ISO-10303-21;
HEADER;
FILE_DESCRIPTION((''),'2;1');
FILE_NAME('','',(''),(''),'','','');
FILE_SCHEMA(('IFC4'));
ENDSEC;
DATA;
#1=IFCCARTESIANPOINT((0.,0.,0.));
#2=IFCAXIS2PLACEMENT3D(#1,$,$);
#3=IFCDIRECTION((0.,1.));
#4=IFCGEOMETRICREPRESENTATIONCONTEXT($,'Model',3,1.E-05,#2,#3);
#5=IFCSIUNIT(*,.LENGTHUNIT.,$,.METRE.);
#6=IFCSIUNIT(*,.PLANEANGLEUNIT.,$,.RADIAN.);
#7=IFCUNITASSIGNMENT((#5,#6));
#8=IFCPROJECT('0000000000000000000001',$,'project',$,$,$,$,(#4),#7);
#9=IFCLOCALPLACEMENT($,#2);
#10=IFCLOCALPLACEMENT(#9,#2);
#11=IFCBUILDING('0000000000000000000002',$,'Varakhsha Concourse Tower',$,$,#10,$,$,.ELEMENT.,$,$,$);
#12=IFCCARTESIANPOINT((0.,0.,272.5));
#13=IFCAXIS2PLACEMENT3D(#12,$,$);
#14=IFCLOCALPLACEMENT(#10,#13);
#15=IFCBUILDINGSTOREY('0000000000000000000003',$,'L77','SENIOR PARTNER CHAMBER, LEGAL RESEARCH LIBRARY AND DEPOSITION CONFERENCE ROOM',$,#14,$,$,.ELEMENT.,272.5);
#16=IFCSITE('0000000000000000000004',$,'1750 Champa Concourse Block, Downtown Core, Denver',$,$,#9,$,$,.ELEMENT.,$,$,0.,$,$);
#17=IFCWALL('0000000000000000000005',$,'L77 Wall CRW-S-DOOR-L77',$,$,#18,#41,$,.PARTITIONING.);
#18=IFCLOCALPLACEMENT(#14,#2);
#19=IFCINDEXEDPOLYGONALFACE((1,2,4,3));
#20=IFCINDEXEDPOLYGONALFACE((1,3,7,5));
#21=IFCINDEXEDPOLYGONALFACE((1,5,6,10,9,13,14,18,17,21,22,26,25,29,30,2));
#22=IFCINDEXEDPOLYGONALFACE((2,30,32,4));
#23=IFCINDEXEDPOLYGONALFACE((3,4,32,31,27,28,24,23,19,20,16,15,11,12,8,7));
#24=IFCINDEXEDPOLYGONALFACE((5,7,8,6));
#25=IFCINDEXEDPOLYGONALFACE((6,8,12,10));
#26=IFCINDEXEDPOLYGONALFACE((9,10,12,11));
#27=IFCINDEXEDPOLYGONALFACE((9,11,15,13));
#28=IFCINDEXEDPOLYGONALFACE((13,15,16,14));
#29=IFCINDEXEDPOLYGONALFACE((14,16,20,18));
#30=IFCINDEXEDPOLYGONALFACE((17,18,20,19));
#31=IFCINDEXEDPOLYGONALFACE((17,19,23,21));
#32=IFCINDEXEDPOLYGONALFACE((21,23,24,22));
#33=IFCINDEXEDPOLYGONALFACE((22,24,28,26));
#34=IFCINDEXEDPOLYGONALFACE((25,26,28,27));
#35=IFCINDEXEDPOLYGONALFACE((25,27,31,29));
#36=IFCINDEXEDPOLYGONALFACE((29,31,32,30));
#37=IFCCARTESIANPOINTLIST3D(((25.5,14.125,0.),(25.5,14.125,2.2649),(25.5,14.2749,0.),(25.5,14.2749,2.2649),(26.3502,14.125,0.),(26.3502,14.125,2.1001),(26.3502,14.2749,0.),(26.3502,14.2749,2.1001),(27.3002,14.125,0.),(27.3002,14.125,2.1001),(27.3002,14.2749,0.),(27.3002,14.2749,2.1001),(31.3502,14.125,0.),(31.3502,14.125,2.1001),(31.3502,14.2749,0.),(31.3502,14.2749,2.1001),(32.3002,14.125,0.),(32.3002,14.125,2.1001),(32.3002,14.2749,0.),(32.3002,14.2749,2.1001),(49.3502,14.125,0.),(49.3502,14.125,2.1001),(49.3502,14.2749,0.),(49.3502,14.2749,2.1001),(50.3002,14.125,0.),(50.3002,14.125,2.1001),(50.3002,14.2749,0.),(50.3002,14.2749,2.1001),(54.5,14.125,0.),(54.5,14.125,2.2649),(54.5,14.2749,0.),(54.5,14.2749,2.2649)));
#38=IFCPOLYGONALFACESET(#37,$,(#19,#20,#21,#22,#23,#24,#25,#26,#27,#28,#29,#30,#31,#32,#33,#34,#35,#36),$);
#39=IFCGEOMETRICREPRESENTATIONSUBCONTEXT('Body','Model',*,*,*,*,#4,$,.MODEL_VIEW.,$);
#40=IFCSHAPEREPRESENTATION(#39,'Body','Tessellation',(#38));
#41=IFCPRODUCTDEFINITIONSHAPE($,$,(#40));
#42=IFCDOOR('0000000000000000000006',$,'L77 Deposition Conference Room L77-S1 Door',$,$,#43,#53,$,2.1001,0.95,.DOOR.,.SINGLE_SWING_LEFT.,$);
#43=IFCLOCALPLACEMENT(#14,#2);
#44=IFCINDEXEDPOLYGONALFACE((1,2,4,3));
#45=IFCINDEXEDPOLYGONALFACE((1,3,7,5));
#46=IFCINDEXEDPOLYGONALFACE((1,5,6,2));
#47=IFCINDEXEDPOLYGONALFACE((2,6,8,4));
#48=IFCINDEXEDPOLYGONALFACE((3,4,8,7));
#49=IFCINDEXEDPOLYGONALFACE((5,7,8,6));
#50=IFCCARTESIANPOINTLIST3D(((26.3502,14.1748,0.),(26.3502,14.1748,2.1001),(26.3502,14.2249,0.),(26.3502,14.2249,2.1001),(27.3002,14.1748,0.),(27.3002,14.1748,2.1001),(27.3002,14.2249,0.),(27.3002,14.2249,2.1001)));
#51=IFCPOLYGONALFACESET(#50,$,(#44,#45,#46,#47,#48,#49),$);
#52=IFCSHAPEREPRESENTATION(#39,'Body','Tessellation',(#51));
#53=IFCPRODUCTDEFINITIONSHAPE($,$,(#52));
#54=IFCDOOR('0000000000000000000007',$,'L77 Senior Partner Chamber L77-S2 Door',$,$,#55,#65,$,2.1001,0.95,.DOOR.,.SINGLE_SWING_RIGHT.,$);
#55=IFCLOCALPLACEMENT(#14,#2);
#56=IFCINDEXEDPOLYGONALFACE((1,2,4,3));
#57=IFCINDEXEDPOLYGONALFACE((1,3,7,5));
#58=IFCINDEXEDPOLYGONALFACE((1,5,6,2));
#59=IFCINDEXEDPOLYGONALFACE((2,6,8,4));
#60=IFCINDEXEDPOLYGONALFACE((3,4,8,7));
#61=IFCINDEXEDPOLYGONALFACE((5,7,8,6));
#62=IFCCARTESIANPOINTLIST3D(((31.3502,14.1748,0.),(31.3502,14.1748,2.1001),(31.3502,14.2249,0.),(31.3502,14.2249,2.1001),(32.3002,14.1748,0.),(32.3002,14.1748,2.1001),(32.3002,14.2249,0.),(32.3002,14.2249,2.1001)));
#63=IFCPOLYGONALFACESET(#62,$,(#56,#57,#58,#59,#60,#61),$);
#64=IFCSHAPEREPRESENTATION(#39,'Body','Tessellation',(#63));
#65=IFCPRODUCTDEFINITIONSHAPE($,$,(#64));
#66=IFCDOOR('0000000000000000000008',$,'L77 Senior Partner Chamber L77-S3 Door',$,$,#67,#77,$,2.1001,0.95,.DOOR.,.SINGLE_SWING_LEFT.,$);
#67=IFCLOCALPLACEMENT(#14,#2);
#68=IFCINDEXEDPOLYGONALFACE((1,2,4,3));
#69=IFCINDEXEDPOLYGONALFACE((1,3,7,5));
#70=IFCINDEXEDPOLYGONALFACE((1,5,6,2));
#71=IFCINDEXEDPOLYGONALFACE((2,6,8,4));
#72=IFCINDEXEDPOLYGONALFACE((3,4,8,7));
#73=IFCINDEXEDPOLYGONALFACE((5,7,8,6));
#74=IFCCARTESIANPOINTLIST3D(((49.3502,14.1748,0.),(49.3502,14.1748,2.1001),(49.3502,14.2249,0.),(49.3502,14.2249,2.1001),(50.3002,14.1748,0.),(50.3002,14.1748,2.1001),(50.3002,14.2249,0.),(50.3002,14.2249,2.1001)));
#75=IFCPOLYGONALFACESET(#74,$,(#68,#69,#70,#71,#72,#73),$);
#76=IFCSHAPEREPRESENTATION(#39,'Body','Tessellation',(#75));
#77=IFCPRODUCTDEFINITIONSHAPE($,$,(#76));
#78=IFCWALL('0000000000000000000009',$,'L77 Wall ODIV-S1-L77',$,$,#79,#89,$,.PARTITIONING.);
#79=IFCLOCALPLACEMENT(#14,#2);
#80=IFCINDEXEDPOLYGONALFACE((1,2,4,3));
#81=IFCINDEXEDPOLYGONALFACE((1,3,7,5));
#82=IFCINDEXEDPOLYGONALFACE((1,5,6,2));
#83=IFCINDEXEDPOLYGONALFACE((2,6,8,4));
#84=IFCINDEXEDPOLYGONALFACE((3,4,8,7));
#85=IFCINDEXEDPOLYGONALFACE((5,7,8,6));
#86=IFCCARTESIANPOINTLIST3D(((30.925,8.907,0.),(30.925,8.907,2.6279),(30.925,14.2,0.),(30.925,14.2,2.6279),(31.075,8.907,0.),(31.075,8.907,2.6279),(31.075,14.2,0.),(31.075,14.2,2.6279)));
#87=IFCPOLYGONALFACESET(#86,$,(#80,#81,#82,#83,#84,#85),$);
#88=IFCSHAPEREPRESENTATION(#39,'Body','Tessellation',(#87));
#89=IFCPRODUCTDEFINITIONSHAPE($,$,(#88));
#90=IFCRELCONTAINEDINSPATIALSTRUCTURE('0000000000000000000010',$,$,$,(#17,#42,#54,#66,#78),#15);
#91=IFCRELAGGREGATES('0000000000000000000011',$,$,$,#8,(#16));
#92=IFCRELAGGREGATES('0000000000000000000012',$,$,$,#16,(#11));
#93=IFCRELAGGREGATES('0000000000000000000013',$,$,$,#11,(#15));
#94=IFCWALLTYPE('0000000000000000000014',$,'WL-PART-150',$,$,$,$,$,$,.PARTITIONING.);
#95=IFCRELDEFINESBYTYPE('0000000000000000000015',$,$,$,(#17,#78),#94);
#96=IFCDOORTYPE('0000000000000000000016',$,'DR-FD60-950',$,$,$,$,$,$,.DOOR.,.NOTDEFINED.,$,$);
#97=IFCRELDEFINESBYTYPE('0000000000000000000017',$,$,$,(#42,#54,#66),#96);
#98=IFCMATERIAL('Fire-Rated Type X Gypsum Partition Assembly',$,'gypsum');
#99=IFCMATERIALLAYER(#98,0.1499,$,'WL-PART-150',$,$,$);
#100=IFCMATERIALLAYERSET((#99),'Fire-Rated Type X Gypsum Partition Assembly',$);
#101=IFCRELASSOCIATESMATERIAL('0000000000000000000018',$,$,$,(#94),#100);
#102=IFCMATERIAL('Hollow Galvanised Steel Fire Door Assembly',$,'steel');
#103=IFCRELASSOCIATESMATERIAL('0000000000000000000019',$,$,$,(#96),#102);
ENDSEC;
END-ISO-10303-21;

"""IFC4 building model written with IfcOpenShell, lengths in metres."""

from ifc_helpers import new_model, si_unit, direction, frame, frame_2d, origin, place, context, subcontext, project, spatial, rectangle, extrude, material, layer, layer_set, type_object, element, fill, save


model = new_model("IFC4")

# Units and contexts
model_context = context("Model", 3, precision=1e-05, world=origin(), true_north=direction((0.0, 1.0)))
body_context = subcontext(model_context, "Body", "Model", "MODEL_VIEW")
ifc_project = project(units=[si_unit("LENGTHUNIT", "METRE"), si_unit("PLANEANGLEUNIT", "RADIAN")], contexts=[model_context])

# Site, building, storey
site_placement = place(None, origin())
site = spatial("IfcSite", under=ifc_project, at=site_placement, Name="1750 Champa Concourse Block, Downtown Core, Denver", CompositionType="ELEMENT", RefElevation=0.0)
building_placement = place(site_placement, origin())
building = spatial("IfcBuilding", under=site, at=building_placement, Name="Varakhsha Concourse Tower", CompositionType="ELEMENT")
storey_placement = place(building_placement, frame((0.0, 0.0, 272.5)))
storey = spatial("IfcBuildingStorey", under=building, at=storey_placement, Name="L77", Description="SENIOR PARTNER CHAMBER, LEGAL RESEARCH LIBRARY AND DEPOSITION CONFERENCE ROOM", CompositionType="ELEMENT", Elevation=272.5)

# Wall, openings, doors
ifc_material_1 = material(Name="Fire-Rated Type X Gypsum Partition Assembly", Category="gypsum")
ifc_layer_1 = layer(ifc_material_1, 0.1499, Name="WL-PART-150")
ifc_layer_set_1 = layer_set([ifc_layer_1], Name="Fire-Rated Type X Gypsum Partition Assembly")
wall_type = type_object("IfcWallType", Name="WL-PART-150", PredefinedType="PARTITIONING", material=ifc_layer_set_1)
ifc_material_2 = material(Name="Hollow Galvanised Steel Fire Door Assembly", Category="steel")
door_type = type_object("IfcDoorType", Name="DR-FD60-950", OperationType="NOTDEFINED", PredefinedType="DOOR", material=ifc_material_2)
wall_1_placement = place(storey_placement, frame((25.5, 14.2, 0.0), z_axis=(0.0, 0.0, 1.0), x_axis=(1.0, 0.0, 0.0)))
wall_1 = element("IfcWall", 1, at=wall_1_placement, inside=storey, type_object=wall_type, Name="L77 Wall CRW-S-DOOR-L77", PredefinedType="PARTITIONING", context=body_context, shape_type="SweptSolid", body=[
    extrude(rectangle(XDim=29.0, YDim=0.1499, at=frame_2d((14.5, 0.0))), origin(), (0.0, 0.0, 1.0), 2.2649),
])
opening_1_placement = place(wall_1_placement, frame((0.8501, 0.0, 0.0)))
opening_1 = element("IfcOpeningElement", 2, at=opening_1_placement, cuts=wall_1, PredefinedType="OPENING", context=body_context, shape_type="SweptSolid", body=[
    extrude(rectangle(XDim=0.95, YDim=2.1001, at=frame_2d((0.4751, 1.05))), frame((0.0, 0.085, 0.0), z_axis=(0.0, -1.0, 0.0), x_axis=(1.0, 0.0, 0.0)), (0.0, 0.0, 1.0), 0.1699),
])
opening_2_placement = place(wall_1_placement, frame((5.8501, 0.0, 0.0)))
opening_2 = element("IfcOpeningElement", 3, at=opening_2_placement, cuts=wall_1, PredefinedType="OPENING", context=body_context, shape_type="SweptSolid", body=[
    extrude(rectangle(XDim=0.95, YDim=2.1001, at=frame_2d((0.4751, 1.05))), frame((0.0, 0.085, 0.0), z_axis=(0.0, -1.0, 0.0), x_axis=(1.0, 0.0, 0.0)), (0.0, 0.0, 1.0), 0.1699),
])
opening_3_placement = place(wall_1_placement, frame((23.8501, 0.0, 0.0)))
opening_3 = element("IfcOpeningElement", 4, at=opening_3_placement, cuts=wall_1, PredefinedType="OPENING", context=body_context, shape_type="SweptSolid", body=[
    extrude(rectangle(XDim=0.95, YDim=2.1001, at=frame_2d((0.4751, 1.05))), frame((0.0, 0.085, 0.0), z_axis=(0.0, -1.0, 0.0), x_axis=(1.0, 0.0, 0.0)), (0.0, 0.0, 1.0), 0.1699),
])
door_1_placement = place(opening_1_placement, origin())
door_1 = element("IfcDoor", 5, at=door_1_placement, inside=storey, type_object=door_type, Name="L77 Deposition Conference Room L77-S1 Door", OperationType="SINGLE_SWING_LEFT", OverallHeight=2.1001, OverallWidth=0.95, PredefinedType="DOOR", context=body_context, shape_type="SweptSolid", body=[
    extrude(rectangle(XDim=0.95, YDim=2.1001, at=frame_2d((0.4751, 1.05))), frame((0.0, 0.0249, 0.0), z_axis=(0.0, -1.0, 0.0), x_axis=(1.0, 0.0, 0.0)), (0.0, 0.0, 1.0), 0.05),
])
fill(opening_1, door_1)
door_2_placement = place(opening_2_placement, origin())
door_2 = element("IfcDoor", 6, at=door_2_placement, inside=storey, type_object=door_type, Name="L77 Senior Partner Chamber L77-S2 Door", OperationType="SINGLE_SWING_RIGHT", OverallHeight=2.1001, OverallWidth=0.95, PredefinedType="DOOR", context=body_context, shape_type="SweptSolid", body=[
    extrude(rectangle(XDim=0.95, YDim=2.1001, at=frame_2d((0.4751, 1.05))), frame((0.0, 0.0249, 0.0), z_axis=(0.0, -1.0, 0.0), x_axis=(1.0, 0.0, 0.0)), (0.0, 0.0, 1.0), 0.05),
])
fill(opening_2, door_2)
door_3_placement = place(opening_3_placement, origin())
door_3 = element("IfcDoor", 7, at=door_3_placement, inside=storey, type_object=door_type, Name="L77 Senior Partner Chamber L77-S3 Door", OperationType="SINGLE_SWING_LEFT", OverallHeight=2.1001, OverallWidth=0.95, PredefinedType="DOOR", context=body_context, shape_type="SweptSolid", body=[
    extrude(rectangle(XDim=0.95, YDim=2.1001, at=frame_2d((0.4751, 1.05))), frame((0.0, 0.0249, 0.0), z_axis=(0.0, -1.0, 0.0), x_axis=(1.0, 0.0, 0.0)), (0.0, 0.0, 1.0), 0.05),
])
fill(opening_3, door_3)

# Wall
wall_2_placement = place(storey_placement, frame((31.0, 8.907, 0.0), z_axis=(0.0, 0.0, 1.0), x_axis=(0.0, 1.0, 0.0)))
element("IfcWall", 8, at=wall_2_placement, inside=storey, type_object=wall_type, Name="L77 Wall ODIV-S1-L77", PredefinedType="PARTITIONING", context=body_context, shape_type="SweptSolid", body=[
    extrude(rectangle(XDim=5.293, YDim=0.1499, at=frame_2d((2.6465, 0.0))), origin(), (0.0, 0.0, 1.0), 2.6279),
])

save(model, "model.ifc")
